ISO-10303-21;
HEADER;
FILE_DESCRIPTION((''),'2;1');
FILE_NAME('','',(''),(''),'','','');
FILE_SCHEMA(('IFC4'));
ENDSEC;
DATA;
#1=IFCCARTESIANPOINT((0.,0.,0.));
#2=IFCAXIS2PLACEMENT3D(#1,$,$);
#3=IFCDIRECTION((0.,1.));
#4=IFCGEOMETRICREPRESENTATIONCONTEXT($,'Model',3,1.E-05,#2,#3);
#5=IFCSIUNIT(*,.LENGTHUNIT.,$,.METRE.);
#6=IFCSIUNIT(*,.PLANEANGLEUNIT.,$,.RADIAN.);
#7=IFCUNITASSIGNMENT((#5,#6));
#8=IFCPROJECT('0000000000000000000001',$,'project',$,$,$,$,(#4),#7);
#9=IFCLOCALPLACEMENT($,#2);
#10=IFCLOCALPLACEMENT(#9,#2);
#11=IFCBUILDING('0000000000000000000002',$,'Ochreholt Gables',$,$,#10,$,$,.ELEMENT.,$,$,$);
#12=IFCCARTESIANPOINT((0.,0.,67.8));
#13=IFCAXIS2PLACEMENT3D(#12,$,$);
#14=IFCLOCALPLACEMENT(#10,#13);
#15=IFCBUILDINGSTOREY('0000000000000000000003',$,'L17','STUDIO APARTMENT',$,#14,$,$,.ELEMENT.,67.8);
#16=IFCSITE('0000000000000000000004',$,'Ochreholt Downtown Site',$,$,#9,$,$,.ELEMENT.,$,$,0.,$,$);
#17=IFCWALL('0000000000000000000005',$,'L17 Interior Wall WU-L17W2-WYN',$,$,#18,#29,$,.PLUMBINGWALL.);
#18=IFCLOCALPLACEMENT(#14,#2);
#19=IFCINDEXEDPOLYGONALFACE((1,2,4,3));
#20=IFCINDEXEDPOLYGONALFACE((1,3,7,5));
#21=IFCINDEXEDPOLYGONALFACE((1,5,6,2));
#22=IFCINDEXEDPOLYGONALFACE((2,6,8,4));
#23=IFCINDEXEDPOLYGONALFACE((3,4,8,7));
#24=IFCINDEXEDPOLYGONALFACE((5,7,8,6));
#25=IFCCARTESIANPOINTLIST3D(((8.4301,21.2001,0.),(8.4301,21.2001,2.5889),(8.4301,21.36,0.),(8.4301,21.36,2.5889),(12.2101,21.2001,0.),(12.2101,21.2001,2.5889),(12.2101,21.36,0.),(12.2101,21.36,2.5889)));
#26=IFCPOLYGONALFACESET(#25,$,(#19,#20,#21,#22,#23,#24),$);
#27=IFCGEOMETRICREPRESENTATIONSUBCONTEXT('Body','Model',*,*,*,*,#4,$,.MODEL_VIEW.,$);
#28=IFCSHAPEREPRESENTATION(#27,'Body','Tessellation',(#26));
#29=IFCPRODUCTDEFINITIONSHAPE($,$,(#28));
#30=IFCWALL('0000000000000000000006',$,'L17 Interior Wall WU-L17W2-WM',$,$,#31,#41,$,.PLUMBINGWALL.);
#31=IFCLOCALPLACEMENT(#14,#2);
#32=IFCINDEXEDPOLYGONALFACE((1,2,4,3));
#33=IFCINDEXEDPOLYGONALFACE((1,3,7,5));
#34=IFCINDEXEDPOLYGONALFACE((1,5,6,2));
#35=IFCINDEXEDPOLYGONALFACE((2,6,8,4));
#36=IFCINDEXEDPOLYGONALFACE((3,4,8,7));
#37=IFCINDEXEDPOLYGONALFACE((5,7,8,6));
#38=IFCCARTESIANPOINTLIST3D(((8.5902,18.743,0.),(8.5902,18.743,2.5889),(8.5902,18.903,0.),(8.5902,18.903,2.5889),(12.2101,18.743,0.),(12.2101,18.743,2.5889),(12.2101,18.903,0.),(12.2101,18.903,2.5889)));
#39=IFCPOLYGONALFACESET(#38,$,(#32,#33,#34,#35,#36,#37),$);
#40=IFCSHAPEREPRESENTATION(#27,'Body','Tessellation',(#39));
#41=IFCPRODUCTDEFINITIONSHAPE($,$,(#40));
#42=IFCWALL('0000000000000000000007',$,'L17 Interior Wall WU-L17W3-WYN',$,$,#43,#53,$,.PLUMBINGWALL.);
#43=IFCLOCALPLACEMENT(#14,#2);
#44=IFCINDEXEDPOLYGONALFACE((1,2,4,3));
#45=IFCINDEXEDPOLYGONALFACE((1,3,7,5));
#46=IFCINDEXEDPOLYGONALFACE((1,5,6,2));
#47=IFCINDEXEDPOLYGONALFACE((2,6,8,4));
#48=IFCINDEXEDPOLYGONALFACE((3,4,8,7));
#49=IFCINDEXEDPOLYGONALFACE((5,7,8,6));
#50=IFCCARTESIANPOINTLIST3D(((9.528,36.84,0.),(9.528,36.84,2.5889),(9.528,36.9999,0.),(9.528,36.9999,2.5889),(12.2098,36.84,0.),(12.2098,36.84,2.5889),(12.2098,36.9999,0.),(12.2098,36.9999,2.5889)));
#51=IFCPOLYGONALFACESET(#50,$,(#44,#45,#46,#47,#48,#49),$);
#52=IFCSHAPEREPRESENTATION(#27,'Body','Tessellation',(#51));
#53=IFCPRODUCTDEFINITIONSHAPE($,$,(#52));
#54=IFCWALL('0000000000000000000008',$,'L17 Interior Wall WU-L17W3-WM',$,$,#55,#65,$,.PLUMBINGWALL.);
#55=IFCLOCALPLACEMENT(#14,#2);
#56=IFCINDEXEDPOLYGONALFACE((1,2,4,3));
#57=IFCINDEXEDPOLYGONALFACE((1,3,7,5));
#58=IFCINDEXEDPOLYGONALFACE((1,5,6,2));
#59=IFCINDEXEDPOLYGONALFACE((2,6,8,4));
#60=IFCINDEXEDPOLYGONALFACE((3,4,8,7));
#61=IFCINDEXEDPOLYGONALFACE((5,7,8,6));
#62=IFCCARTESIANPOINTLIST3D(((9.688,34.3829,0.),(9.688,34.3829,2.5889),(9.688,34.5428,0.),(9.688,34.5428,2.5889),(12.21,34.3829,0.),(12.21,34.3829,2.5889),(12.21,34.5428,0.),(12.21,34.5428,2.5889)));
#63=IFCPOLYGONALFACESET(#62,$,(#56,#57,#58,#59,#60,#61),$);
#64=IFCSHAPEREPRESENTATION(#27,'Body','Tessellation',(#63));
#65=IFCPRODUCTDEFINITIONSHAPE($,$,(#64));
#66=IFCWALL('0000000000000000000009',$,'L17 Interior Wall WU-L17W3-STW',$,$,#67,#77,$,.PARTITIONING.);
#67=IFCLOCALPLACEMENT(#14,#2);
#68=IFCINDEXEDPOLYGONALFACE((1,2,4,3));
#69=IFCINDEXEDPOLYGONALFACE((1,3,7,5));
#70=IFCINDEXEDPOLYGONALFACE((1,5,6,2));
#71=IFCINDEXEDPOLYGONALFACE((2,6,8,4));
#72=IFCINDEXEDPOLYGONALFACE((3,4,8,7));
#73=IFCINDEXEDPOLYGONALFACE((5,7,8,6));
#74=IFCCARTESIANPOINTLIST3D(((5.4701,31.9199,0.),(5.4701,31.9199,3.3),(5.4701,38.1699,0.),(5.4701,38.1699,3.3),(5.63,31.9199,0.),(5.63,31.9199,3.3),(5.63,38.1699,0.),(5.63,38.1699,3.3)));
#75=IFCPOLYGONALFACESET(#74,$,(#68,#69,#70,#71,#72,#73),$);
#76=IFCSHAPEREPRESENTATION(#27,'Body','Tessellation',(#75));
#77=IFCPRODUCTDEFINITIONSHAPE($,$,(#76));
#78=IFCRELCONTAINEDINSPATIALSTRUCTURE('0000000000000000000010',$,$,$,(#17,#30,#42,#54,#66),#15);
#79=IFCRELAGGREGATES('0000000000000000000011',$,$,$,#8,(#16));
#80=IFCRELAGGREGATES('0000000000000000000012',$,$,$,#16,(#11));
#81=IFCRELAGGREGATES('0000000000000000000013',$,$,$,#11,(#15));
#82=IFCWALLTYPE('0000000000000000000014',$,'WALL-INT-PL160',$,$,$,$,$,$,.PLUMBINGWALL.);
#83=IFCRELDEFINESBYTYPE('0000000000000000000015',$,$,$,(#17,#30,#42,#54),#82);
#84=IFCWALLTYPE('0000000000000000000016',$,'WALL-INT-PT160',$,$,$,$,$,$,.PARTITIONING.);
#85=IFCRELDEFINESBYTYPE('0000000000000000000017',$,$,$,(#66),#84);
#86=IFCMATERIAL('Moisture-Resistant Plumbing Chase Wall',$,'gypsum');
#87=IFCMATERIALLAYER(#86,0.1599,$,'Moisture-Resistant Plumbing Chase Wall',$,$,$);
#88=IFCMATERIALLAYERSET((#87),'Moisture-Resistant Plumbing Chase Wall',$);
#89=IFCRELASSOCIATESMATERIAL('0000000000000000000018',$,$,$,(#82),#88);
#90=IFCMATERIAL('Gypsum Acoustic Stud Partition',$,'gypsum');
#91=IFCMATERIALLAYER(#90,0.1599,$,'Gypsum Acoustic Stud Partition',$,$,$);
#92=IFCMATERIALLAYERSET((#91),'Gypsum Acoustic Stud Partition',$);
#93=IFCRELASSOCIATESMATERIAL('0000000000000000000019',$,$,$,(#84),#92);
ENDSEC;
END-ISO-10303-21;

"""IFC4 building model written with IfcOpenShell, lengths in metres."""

from ifc_helpers import new_model, si_unit, direction, frame, frame_2d, origin, place, context, subcontext, project, spatial, rectangle, extrude, material, layer, layer_set, type_object, element, save


model = new_model("IFC4")

# Units and contexts
model_context = context("Model", 3, precision=1e-05, world=origin(), true_north=direction((0.0, 1.0)))
body_context = subcontext(model_context, "Body", "Model", "MODEL_VIEW")
ifc_project = project(units=[si_unit("LENGTHUNIT", "METRE"), si_unit("PLANEANGLEUNIT", "RADIAN")], contexts=[model_context])

# Site, building, storey
site_placement = place(None, origin())
site = spatial("IfcSite", under=ifc_project, at=site_placement, Name="Ochreholt Downtown Site", CompositionType="ELEMENT", RefElevation=0.0)
building_placement = place(site_placement, origin())
building = spatial("IfcBuilding", under=site, at=building_placement, Name="Ochreholt Gables", CompositionType="ELEMENT")
storey_placement = place(building_placement, frame((0.0, 0.0, 67.8)))
storey = spatial("IfcBuildingStorey", under=building, at=storey_placement, Name="L17", Description="STUDIO APARTMENT", CompositionType="ELEMENT", Elevation=67.8)

# Walls
ifc_material_1 = material(Name="Moisture-Resistant Plumbing Chase Wall", Category="gypsum")
ifc_layer_1 = layer(ifc_material_1, 0.1599, Name="Moisture-Resistant Plumbing Chase Wall")
ifc_layer_set_1 = layer_set([ifc_layer_1], Name="Moisture-Resistant Plumbing Chase Wall")
wall_type_1 = type_object("IfcWallType", Name="WALL-INT-PL160", PredefinedType="PLUMBINGWALL", material=ifc_layer_set_1)
wall_1_placement = place(storey_placement, frame((8.4299, 21.28, 0.0), z_axis=(0.0, 0.0, 1.0), x_axis=(1.0, 0.0, 0.0)))
element("IfcWall", 1, at=wall_1_placement, inside=storey, type_object=wall_type_1, Name="L17 Interior Wall WU-L17W2-WYN", PredefinedType="PLUMBINGWALL", context=body_context, shape_type="SweptSolid", body=[
    extrude(rectangle(XDim=3.78, YDim=0.1599, at=frame_2d((1.8901, 0.0))), origin(), (0.0, 0.0, 1.0), 2.5889),
])
wall_2_placement = place(storey_placement, frame((8.5901, 18.823, 0.0), z_axis=(0.0, 0.0, 1.0), x_axis=(1.0, 0.0, 0.0)))
element("IfcWall", 2, at=wall_2_placement, inside=storey, type_object=wall_type_1, Name="L17 Interior Wall WU-L17W2-WM", PredefinedType="PLUMBINGWALL", context=body_context, shape_type="SweptSolid", body=[
    extrude(rectangle(XDim=3.6199, YDim=0.1599, at=frame_2d((1.8101, 0.0))), origin(), (0.0, 0.0, 1.0), 2.5889),
])
wall_3_placement = place(storey_placement, frame((9.5281, 36.9199, 0.0), z_axis=(0.0, 0.0, 1.0), x_axis=(1.0, 0.0, 0.0)))
element("IfcWall", 3, at=wall_3_placement, inside=storey, type_object=wall_type_1, Name="L17 Interior Wall WU-L17W3-WYN", PredefinedType="PLUMBINGWALL", context=body_context, shape_type="SweptSolid", body=[
    extrude(rectangle(XDim=2.6819, YDim=0.1599, at=frame_2d((1.3408, 0.0))), origin(), (0.0, 0.0, 1.0), 2.5889),
])

# Wall
wall_4_placement = place(storey_placement, frame((9.688, 34.4629, 0.0), z_axis=(0.0, 0.0, 1.0), x_axis=(1.0, 0.0, 0.0)))
element("IfcWall", 4, at=wall_4_placement, inside=storey, type_object=wall_type_1, Name="L17 Interior Wall WU-L17W3-WM", PredefinedType="PLUMBINGWALL", context=body_context, shape_type="SweptSolid", body=[
    extrude(rectangle(XDim=2.522, YDim=0.1599, at=frame_2d((1.261, 0.0))), origin(), (0.0, 0.0, 1.0), 2.5889),
])

# Shared definitions
ifc_material_2 = material(Name="Gypsum Acoustic Stud Partition", Category="gypsum")
ifc_layer_2 = layer(ifc_material_2, 0.1599, Name="Gypsum Acoustic Stud Partition")
ifc_layer_set_2 = layer_set([ifc_layer_2], Name="Gypsum Acoustic Stud Partition")
wall_type_2 = type_object("IfcWallType", Name="WALL-INT-PT160", PredefinedType="PARTITIONING", material=ifc_layer_set_2)

# Wall
wall_5_placement = place(storey_placement, frame((5.55, 31.9199, 0.0), z_axis=(0.0, 0.0, 1.0), x_axis=(0.0, 1.0, 0.0)))
element("IfcWall", 5, at=wall_5_placement, inside=storey, type_object=wall_type_2, Name="L17 Interior Wall WU-L17W3-STW", PredefinedType="PARTITIONING", context=body_context, shape_type="SweptSolid", body=[
    extrude(rectangle(XDim=6.25, YDim=0.1599, at=frame_2d((3.125, 0.0))), origin(), (0.0, 0.0, 1.0), 3.3),
])

save(model, "model.ifc")
